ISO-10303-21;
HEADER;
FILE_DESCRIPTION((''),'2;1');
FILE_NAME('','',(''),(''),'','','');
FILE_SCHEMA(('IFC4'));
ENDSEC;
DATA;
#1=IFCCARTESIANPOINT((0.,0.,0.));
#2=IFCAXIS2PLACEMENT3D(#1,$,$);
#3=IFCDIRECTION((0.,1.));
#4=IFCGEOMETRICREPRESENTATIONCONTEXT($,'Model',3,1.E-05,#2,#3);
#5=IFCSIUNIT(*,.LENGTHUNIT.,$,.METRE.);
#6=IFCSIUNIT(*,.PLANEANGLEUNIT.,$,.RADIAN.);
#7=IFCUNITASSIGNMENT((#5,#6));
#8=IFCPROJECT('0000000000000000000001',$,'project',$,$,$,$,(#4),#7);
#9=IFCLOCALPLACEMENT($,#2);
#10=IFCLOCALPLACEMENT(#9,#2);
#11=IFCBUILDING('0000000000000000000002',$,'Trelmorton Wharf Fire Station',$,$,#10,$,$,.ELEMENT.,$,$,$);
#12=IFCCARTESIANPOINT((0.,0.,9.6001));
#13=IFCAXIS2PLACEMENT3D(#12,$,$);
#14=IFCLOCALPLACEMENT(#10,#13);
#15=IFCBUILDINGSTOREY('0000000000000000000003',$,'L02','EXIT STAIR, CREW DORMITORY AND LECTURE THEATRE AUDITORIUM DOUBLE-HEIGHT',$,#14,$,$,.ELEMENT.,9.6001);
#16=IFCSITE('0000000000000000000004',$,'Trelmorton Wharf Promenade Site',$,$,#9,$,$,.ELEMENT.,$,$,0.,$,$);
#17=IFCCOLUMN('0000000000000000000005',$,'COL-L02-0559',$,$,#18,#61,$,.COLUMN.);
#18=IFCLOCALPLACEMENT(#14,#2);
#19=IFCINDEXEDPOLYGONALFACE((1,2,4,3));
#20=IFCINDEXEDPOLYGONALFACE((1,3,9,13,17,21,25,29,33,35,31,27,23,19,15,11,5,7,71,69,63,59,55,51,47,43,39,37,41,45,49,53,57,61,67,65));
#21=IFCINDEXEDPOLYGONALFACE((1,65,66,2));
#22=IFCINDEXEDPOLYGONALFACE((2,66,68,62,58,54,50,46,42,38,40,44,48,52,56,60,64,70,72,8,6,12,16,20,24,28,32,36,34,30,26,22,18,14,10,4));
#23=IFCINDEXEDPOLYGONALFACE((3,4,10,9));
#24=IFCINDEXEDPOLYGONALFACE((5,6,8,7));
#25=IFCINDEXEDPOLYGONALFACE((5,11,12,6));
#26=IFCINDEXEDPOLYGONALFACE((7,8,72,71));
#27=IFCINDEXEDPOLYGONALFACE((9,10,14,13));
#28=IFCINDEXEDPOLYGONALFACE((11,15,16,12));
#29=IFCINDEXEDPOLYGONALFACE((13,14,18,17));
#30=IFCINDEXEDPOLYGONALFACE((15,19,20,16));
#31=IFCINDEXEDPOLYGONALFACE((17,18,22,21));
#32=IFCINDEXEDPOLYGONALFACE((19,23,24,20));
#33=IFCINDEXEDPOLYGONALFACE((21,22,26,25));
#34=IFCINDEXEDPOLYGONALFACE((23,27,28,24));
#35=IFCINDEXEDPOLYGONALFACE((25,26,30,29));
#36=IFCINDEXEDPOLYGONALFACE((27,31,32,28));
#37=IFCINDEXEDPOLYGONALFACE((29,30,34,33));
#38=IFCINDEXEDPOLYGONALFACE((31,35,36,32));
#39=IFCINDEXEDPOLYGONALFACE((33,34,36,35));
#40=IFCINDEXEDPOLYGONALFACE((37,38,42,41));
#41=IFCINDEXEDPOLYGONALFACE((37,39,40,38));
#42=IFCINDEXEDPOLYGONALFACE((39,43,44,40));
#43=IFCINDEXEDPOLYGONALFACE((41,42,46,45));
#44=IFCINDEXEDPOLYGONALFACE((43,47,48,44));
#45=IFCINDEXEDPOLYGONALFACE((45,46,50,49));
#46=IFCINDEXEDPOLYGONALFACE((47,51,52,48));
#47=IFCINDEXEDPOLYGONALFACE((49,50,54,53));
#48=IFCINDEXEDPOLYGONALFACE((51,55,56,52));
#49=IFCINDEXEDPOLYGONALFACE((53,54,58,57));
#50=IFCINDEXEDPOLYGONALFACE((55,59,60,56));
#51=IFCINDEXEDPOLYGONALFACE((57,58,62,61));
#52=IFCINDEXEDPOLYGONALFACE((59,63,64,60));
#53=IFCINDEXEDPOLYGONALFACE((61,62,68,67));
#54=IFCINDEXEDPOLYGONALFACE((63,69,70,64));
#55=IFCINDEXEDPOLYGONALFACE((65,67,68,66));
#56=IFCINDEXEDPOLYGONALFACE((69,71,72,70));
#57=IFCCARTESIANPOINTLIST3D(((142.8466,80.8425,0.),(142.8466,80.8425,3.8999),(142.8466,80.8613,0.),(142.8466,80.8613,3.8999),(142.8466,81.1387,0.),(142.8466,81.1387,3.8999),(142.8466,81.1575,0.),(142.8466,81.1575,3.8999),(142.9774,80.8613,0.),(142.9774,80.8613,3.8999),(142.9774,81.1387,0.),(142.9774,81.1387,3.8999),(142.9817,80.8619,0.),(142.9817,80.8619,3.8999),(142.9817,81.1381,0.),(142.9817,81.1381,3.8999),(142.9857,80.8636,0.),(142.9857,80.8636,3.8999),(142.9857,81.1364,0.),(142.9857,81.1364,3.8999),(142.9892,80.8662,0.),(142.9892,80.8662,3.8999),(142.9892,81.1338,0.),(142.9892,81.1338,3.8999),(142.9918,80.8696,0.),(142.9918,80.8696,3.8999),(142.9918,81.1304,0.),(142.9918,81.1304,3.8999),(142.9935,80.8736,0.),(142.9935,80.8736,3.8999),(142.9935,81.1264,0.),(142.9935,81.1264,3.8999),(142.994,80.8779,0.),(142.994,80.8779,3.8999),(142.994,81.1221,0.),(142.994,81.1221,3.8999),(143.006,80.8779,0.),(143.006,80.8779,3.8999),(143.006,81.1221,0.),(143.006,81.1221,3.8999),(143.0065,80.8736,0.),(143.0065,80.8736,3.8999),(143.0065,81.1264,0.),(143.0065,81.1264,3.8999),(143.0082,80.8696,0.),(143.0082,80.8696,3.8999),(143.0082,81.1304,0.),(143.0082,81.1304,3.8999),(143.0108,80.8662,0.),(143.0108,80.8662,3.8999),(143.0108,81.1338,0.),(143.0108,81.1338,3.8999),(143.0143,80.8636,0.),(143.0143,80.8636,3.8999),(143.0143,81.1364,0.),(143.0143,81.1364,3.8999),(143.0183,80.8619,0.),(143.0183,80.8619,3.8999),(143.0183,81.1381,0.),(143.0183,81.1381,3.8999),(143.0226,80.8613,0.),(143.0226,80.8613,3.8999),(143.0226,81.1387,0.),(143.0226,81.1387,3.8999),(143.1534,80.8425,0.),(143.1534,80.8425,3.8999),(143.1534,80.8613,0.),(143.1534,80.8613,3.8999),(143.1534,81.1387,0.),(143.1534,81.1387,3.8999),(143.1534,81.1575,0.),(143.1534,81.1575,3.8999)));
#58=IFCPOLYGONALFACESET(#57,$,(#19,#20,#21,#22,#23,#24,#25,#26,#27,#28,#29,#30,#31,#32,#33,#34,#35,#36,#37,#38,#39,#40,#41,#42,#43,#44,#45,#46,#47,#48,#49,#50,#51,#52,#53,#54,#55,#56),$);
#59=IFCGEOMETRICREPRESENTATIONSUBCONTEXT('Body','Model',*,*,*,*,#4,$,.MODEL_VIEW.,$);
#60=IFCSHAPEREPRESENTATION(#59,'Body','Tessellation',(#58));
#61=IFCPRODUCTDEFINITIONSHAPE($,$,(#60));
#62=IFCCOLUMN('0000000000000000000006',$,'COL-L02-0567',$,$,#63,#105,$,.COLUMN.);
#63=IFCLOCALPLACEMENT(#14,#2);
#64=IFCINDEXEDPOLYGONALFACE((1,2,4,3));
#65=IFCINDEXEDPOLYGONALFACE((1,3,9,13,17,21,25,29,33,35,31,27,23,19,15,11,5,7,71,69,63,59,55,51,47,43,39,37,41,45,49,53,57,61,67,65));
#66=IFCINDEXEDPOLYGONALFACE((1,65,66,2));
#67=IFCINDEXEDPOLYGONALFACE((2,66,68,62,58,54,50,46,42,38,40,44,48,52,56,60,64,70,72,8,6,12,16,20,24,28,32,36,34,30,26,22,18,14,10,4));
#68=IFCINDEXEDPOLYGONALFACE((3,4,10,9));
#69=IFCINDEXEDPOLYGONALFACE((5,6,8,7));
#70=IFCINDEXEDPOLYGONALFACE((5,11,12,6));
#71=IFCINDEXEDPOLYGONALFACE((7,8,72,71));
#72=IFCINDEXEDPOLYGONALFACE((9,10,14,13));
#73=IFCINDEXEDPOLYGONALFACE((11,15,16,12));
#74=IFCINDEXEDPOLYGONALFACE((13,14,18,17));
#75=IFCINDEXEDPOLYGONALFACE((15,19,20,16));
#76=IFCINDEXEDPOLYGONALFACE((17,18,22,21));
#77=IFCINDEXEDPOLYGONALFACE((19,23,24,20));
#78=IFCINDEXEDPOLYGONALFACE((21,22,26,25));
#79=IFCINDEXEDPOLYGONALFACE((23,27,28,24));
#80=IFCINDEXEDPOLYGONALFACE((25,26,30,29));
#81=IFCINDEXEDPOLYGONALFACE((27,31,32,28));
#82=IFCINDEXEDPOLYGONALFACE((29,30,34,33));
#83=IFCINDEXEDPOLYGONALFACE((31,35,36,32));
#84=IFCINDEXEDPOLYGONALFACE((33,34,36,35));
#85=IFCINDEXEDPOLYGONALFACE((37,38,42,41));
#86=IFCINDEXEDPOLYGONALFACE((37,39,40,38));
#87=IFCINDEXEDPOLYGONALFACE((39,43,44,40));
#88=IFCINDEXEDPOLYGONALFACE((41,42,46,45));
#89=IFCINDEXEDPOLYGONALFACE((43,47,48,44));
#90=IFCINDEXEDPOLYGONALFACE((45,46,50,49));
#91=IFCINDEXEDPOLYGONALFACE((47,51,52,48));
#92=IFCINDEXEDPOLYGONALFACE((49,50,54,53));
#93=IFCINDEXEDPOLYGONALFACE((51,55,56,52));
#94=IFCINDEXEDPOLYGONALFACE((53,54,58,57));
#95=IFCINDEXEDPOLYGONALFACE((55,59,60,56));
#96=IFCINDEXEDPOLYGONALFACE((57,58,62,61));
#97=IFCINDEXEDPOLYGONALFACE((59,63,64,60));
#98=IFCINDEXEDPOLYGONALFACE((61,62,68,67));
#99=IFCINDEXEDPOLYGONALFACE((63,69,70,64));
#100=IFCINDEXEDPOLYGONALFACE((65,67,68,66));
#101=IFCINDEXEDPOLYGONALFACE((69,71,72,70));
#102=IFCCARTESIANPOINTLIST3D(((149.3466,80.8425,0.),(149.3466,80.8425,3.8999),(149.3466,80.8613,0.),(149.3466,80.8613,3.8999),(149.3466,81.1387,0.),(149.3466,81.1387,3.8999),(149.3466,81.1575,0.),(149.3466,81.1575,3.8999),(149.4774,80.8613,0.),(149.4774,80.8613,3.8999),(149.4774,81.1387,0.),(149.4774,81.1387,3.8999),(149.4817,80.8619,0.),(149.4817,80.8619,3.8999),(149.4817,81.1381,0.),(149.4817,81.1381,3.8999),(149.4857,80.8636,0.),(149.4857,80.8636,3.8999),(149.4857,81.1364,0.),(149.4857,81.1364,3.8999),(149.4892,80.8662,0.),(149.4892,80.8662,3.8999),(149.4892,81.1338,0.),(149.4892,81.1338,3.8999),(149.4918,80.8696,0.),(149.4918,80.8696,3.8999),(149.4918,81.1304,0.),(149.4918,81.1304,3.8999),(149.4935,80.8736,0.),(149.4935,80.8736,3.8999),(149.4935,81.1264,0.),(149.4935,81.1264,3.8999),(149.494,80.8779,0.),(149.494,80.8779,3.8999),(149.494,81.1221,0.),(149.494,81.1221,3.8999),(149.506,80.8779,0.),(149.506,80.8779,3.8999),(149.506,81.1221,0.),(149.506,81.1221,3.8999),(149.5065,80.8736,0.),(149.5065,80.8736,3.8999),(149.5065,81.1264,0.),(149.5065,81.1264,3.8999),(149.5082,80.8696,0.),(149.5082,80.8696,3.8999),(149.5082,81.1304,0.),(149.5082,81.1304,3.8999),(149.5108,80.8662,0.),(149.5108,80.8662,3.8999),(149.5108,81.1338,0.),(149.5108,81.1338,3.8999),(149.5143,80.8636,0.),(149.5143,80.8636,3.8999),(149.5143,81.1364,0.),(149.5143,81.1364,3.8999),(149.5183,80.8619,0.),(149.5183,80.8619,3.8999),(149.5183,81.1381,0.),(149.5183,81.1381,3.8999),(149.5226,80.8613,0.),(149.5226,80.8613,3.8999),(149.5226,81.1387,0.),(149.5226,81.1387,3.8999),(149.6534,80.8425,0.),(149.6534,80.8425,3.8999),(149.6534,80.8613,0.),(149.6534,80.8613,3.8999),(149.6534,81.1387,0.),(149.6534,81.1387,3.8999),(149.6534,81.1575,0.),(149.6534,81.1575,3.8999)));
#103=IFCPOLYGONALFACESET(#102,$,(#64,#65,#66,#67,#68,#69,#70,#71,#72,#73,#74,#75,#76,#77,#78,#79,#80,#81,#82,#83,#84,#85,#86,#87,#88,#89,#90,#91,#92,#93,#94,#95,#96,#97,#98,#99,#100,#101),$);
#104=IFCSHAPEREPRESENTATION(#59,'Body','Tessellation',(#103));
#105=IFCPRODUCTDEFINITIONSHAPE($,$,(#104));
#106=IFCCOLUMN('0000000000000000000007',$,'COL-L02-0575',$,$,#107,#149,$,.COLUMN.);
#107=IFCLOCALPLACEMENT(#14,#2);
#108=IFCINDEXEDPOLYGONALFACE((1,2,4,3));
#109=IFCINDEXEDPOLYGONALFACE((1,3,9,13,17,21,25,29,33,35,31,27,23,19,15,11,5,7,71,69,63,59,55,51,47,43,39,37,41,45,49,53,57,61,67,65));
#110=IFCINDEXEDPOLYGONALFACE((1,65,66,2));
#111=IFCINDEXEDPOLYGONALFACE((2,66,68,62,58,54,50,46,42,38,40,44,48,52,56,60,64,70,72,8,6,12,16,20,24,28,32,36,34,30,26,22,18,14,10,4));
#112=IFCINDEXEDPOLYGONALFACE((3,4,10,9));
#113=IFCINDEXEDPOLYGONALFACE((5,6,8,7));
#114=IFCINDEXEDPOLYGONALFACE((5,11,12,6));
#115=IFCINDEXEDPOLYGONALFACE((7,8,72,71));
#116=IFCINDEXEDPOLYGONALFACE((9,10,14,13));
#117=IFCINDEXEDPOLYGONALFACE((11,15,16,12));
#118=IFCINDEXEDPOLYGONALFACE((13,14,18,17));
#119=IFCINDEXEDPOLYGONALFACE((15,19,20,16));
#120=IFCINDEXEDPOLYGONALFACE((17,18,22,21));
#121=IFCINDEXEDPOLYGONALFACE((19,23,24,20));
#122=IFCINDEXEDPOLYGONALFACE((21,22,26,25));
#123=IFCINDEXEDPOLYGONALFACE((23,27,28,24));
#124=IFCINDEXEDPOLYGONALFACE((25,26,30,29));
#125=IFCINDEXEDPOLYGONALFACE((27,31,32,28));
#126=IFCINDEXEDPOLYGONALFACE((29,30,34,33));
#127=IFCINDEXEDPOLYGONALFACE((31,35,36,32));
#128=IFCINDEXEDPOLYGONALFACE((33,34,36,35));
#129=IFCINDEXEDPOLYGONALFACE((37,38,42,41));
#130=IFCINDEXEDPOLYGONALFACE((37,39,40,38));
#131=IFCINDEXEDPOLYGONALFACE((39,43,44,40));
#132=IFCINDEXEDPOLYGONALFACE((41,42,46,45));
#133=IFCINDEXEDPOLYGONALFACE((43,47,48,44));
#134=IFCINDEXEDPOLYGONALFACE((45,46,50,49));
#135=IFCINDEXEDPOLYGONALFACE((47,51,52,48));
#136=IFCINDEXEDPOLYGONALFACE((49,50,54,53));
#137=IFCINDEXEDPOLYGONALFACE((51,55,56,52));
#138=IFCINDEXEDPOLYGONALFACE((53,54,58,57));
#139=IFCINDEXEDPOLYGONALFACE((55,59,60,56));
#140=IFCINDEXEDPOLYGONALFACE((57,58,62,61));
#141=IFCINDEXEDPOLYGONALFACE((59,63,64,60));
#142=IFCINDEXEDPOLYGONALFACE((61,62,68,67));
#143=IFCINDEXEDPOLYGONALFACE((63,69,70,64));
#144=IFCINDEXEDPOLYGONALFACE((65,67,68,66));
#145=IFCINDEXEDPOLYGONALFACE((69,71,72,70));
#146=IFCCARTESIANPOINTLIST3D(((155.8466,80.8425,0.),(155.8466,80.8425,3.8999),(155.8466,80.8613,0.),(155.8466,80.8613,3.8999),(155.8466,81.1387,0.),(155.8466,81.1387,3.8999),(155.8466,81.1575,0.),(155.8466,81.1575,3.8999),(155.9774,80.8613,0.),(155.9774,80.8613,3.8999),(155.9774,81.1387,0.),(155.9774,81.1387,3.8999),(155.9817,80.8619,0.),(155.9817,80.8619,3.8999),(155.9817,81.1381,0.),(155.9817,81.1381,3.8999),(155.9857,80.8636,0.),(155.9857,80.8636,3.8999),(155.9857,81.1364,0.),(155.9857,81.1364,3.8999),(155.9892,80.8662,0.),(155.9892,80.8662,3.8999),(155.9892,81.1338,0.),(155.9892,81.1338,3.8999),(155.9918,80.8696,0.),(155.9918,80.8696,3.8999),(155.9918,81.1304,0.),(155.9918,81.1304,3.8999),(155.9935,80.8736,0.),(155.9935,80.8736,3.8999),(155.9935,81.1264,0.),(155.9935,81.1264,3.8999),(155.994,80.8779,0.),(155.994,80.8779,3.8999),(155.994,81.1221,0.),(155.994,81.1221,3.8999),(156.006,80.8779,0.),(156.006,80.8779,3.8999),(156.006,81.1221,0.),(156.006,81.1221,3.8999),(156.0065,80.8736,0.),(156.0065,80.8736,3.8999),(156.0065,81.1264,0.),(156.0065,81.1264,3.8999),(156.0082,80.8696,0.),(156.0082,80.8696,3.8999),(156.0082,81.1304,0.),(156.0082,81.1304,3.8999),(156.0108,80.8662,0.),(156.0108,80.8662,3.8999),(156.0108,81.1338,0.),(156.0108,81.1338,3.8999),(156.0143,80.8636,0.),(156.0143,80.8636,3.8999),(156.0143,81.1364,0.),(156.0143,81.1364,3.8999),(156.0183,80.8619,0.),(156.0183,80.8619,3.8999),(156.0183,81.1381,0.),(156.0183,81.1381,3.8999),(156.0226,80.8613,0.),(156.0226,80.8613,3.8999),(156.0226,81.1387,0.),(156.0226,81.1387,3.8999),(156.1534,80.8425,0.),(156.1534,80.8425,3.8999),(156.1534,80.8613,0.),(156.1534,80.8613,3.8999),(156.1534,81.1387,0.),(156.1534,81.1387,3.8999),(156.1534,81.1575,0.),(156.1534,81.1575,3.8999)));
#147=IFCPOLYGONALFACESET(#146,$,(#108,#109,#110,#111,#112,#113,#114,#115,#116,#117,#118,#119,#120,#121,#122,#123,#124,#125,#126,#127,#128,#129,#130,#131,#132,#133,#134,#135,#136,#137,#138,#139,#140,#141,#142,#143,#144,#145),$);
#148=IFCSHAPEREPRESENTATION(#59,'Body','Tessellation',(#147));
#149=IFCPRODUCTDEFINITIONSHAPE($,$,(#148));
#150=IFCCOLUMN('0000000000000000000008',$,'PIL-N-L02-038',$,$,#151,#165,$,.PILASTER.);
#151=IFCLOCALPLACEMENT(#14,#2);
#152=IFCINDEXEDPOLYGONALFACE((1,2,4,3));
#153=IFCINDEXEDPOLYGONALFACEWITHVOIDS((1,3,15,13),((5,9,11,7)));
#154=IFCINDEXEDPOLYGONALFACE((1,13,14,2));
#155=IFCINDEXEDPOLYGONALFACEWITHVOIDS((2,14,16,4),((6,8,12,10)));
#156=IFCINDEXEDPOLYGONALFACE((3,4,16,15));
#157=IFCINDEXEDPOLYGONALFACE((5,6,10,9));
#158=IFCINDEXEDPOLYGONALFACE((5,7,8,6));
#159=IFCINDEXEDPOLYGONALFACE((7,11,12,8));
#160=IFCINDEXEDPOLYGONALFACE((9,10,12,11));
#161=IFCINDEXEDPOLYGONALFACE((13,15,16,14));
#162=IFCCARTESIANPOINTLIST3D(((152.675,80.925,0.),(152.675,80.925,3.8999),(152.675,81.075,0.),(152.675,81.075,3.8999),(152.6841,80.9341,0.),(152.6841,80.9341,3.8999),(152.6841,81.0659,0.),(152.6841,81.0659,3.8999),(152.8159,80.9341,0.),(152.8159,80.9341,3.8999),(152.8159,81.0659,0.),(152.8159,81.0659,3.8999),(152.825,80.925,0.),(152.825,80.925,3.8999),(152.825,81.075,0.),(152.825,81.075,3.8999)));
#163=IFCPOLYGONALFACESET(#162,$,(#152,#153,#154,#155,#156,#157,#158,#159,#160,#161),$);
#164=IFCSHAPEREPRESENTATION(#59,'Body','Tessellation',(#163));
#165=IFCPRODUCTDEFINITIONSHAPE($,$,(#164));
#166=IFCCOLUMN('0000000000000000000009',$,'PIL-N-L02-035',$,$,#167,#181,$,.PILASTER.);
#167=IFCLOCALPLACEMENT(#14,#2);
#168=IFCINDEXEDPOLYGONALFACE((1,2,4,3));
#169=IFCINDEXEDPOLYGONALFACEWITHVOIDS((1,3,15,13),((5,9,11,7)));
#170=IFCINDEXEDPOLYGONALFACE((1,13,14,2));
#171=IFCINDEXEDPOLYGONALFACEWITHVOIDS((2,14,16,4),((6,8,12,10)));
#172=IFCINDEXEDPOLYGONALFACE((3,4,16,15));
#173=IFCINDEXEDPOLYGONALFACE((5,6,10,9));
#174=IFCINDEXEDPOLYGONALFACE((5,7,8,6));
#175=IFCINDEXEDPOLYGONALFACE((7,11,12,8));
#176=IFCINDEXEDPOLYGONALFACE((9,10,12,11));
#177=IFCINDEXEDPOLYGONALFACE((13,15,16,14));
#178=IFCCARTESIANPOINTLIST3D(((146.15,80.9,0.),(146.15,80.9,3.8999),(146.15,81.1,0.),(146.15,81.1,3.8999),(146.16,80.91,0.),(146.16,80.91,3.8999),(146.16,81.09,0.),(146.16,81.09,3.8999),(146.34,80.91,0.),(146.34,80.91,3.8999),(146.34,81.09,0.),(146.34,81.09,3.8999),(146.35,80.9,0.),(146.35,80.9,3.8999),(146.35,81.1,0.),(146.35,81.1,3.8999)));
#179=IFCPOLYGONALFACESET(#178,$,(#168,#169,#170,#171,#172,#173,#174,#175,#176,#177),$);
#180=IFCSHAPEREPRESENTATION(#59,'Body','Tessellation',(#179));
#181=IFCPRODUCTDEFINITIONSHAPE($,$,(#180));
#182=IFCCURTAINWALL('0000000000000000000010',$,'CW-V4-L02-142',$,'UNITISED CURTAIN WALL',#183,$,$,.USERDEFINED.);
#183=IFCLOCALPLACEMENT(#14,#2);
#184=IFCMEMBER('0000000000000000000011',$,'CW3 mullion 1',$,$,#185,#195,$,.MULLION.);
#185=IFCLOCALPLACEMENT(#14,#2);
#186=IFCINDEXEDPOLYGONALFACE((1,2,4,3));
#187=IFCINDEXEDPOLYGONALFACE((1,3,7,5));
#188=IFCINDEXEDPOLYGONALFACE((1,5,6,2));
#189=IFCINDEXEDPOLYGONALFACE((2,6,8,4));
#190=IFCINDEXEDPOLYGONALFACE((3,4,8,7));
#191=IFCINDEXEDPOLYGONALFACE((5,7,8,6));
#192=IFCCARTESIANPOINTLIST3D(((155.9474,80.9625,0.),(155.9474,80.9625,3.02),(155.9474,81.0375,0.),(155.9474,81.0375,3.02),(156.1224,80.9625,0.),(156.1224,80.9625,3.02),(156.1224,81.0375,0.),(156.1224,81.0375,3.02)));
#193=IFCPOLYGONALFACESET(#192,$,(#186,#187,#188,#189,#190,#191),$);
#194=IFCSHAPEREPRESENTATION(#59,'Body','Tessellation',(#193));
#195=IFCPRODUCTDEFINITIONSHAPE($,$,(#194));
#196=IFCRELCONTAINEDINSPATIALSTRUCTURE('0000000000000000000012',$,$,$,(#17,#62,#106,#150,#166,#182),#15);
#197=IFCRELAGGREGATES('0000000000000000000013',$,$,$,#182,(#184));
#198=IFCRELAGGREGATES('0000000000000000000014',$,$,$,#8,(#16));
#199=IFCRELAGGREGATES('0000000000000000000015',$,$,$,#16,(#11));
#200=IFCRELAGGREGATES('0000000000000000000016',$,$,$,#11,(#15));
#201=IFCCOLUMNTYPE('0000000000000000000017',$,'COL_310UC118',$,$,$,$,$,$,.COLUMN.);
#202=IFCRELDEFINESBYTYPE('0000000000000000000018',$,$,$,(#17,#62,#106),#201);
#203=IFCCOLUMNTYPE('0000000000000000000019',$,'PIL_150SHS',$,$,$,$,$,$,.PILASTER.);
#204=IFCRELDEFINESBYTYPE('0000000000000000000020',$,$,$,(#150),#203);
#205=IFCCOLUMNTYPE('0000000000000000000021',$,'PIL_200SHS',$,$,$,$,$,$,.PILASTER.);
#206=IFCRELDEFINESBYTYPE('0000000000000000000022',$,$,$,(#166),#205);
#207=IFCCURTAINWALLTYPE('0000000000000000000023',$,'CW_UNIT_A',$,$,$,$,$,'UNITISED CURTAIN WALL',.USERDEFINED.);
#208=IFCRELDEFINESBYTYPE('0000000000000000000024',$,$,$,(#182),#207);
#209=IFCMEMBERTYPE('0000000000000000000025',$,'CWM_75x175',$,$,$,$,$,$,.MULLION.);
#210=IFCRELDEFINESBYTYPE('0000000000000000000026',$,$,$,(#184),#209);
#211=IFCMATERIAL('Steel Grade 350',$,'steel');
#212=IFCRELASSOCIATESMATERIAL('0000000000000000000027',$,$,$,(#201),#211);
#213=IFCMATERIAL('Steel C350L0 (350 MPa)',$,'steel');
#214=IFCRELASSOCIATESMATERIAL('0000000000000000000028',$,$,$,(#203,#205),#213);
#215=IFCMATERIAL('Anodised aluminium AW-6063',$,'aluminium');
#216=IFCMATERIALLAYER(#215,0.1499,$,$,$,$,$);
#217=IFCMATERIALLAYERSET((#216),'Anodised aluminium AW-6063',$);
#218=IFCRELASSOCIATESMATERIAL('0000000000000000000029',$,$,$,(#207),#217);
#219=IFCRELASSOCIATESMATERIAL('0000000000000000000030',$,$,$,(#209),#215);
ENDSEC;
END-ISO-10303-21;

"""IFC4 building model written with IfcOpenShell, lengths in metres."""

from ifc_helpers import new_model, si_unit, direction, frame, origin, origin_2d, place, context, subcontext, project, spatial, rectangle, hollow_rectangle, i_section, extrude, material, layer, layer_set, material_profile, profile_set, type_object, element, aggregate, save


model = new_model("IFC4")

# Units and contexts
model_context = context("Model", 3, precision=1e-05, world=origin(), true_north=direction((0.0, 1.0)))
body_context = subcontext(model_context, "Body", "Model", "MODEL_VIEW")
ifc_project = project(units=[si_unit("LENGTHUNIT", "METRE"), si_unit("PLANEANGLEUNIT", "RADIAN")], contexts=[model_context])

# Site, building, storey
site_placement = place(None, origin())
site = spatial("IfcSite", under=ifc_project, at=site_placement, Name="Trelmorton Wharf Promenade Site", CompositionType="ELEMENT", RefElevation=0.0)
building_placement = place(site_placement, origin())
building = spatial("IfcBuilding", under=site, at=building_placement, Name="Trelmorton Wharf Fire Station", CompositionType="ELEMENT")
storey_placement = place(building_placement, frame((0.0, 0.0, 9.6001)))
storey = spatial("IfcBuildingStorey", under=building, at=storey_placement, Name="L02", Description="EXIT STAIR, CREW DORMITORY AND LECTURE THEATRE AUDITORIUM DOUBLE-HEIGHT", CompositionType="ELEMENT", Elevation=9.6001)

# Columns
ifc_material_1 = material(Name="Steel Grade 350", Category="steel")
ifc_material_profile_1 = material_profile(ifc_material_1, i_section(OverallWidth=0.3069, OverallDepth=0.3149, WebThickness=0.012, FlangeThickness=0.0188, FilletRadius=0.0166, at=origin_2d()), Name="310UC118")
ifc_profile_set_1 = profile_set([ifc_material_profile_1], Name="Steel Grade 350")
column_type_1 = type_object("IfcColumnType", Name="COL_310UC118", PredefinedType="COLUMN", material=ifc_profile_set_1)
for number, where, z_axis, x_axis, name in (
    (1, (143.0, 81.0, 0.0), (0.0, 0.0, 1.0), (1.0, 0.0, 0.0), "COL-L02-0559"),
    (2, (149.5, 81.0, 0.0), (0.0, 0.0, 1.0), (1.0, 0.0, 0.0), "COL-L02-0567"),
    (3, (156.0, 81.0, 0.0), (0.0, 0.0, 1.0), (1.0, 0.0, 0.0), "COL-L02-0575"),
):
    element("IfcColumn", number, at=place(storey_placement, frame(where, z_axis=z_axis, x_axis=x_axis)), inside=storey, type_object=column_type_1, Name=name, PredefinedType="COLUMN", context=body_context, shape_type="SweptSolid", body=[
        extrude(i_section(OverallWidth=0.3069, OverallDepth=0.3149, WebThickness=0.012, FlangeThickness=0.0188, FilletRadius=0.0166, at=origin_2d()), origin(), (0.0, 0.0, 1.0), 3.8999),
    ])
ifc_material_2 = material(Name="Steel C350L0 (350 MPa)", Category="steel")
ifc_material_profile_2 = material_profile(ifc_material_2, hollow_rectangle(XDim=0.1499, YDim=0.1499, WallThickness=0.009, at=origin_2d()), Name="150x150x9.0SHS")
ifc_profile_set_2 = profile_set([ifc_material_profile_2], Name="Steel C350L0 (350 MPa)")
column_type_2 = type_object("IfcColumnType", Name="PIL_150SHS", PredefinedType="PILASTER", material=ifc_profile_set_2)
column_1_placement = place(storey_placement, frame((152.75, 81.0, 0.0), z_axis=(0.0, 0.0, 1.0), x_axis=(1.0, 0.0, 0.0)))
element("IfcColumn", 4, at=column_1_placement, inside=storey, type_object=column_type_2, Name="PIL-N-L02-038", PredefinedType="PILASTER", context=body_context, shape_type="SweptSolid", body=[
    extrude(hollow_rectangle(XDim=0.1499, YDim=0.1499, WallThickness=0.009, at=origin_2d()), origin(), (0.0, 0.0, 1.0), 3.8999),
])
ifc_material_profile_3 = material_profile(ifc_material_2, hollow_rectangle(XDim=0.2, YDim=0.2, WallThickness=0.01, at=origin_2d()), Name="200x200x10.0SHS")
ifc_profile_set_3 = profile_set([ifc_material_profile_3], Name="Steel C350L0 (350 MPa)")
column_type_3 = type_object("IfcColumnType", Name="PIL_200SHS", PredefinedType="PILASTER", material=ifc_profile_set_3)
column_2_placement = place(storey_placement, frame((146.25, 81.0, 0.0), z_axis=(0.0, 0.0, 1.0), x_axis=(1.0, 0.0, 0.0)))
element("IfcColumn", 5, at=column_2_placement, inside=storey, type_object=column_type_3, Name="PIL-N-L02-035", PredefinedType="PILASTER", context=body_context, shape_type="SweptSolid", body=[
    extrude(hollow_rectangle(XDim=0.2, YDim=0.2, WallThickness=0.01, at=origin_2d()), origin(), (0.0, 0.0, 1.0), 3.8999),
])

# Curtain wall, member
ifc_material_3 = material(Name="Anodised aluminium AW-6063", Category="aluminium")
ifc_layer_1 = layer(ifc_material_3, 0.1499)
ifc_layer_set_1 = layer_set([ifc_layer_1], Name="Anodised aluminium AW-6063")
curtain_wall_type = type_object("IfcCurtainWallType", Name="CW_UNIT_A", ElementType="UNITISED CURTAIN WALL", PredefinedType="USERDEFINED", material=ifc_layer_set_1)
curtain_wall_placement = place(storey_placement, origin())
curtain_wall = element("IfcCurtainWall", 6, at=curtain_wall_placement, inside=storey, type_object=curtain_wall_type, Name="CW-V4-L02-142", ObjectType="UNITISED CURTAIN WALL", PredefinedType="USERDEFINED")
ifc_material_profile_4 = material_profile(ifc_material_3, rectangle(XDim=0.075, YDim=0.175, at=origin_2d()), Name="ALU-75x175")
ifc_profile_set_4 = profile_set([ifc_material_profile_4], Name="Anodised aluminium AW-6063")
member_type_1 = type_object("IfcMemberType", Name="CWM_75x175", PredefinedType="MULLION", material=ifc_profile_set_4)
member_1_placement = place(storey_placement, frame((156.0349, 81.0, 0.0), z_axis=(0.0, 0.0, 1.0), x_axis=(0.0, 1.0, 0.0)))
member_1 = element("IfcMember", 7, at=member_1_placement, type_object=member_type_1, Name="CW3 mullion 1", PredefinedType="MULLION", context=body_context, shape_type="SweptSolid", body=[
    extrude(rectangle(XDim=0.075, YDim=0.175, at=origin_2d()), origin(), (0.0, 0.0, 1.0), 3.02),
])
aggregate(curtain_wall, [member_1])

save(model, "model.ifc")
